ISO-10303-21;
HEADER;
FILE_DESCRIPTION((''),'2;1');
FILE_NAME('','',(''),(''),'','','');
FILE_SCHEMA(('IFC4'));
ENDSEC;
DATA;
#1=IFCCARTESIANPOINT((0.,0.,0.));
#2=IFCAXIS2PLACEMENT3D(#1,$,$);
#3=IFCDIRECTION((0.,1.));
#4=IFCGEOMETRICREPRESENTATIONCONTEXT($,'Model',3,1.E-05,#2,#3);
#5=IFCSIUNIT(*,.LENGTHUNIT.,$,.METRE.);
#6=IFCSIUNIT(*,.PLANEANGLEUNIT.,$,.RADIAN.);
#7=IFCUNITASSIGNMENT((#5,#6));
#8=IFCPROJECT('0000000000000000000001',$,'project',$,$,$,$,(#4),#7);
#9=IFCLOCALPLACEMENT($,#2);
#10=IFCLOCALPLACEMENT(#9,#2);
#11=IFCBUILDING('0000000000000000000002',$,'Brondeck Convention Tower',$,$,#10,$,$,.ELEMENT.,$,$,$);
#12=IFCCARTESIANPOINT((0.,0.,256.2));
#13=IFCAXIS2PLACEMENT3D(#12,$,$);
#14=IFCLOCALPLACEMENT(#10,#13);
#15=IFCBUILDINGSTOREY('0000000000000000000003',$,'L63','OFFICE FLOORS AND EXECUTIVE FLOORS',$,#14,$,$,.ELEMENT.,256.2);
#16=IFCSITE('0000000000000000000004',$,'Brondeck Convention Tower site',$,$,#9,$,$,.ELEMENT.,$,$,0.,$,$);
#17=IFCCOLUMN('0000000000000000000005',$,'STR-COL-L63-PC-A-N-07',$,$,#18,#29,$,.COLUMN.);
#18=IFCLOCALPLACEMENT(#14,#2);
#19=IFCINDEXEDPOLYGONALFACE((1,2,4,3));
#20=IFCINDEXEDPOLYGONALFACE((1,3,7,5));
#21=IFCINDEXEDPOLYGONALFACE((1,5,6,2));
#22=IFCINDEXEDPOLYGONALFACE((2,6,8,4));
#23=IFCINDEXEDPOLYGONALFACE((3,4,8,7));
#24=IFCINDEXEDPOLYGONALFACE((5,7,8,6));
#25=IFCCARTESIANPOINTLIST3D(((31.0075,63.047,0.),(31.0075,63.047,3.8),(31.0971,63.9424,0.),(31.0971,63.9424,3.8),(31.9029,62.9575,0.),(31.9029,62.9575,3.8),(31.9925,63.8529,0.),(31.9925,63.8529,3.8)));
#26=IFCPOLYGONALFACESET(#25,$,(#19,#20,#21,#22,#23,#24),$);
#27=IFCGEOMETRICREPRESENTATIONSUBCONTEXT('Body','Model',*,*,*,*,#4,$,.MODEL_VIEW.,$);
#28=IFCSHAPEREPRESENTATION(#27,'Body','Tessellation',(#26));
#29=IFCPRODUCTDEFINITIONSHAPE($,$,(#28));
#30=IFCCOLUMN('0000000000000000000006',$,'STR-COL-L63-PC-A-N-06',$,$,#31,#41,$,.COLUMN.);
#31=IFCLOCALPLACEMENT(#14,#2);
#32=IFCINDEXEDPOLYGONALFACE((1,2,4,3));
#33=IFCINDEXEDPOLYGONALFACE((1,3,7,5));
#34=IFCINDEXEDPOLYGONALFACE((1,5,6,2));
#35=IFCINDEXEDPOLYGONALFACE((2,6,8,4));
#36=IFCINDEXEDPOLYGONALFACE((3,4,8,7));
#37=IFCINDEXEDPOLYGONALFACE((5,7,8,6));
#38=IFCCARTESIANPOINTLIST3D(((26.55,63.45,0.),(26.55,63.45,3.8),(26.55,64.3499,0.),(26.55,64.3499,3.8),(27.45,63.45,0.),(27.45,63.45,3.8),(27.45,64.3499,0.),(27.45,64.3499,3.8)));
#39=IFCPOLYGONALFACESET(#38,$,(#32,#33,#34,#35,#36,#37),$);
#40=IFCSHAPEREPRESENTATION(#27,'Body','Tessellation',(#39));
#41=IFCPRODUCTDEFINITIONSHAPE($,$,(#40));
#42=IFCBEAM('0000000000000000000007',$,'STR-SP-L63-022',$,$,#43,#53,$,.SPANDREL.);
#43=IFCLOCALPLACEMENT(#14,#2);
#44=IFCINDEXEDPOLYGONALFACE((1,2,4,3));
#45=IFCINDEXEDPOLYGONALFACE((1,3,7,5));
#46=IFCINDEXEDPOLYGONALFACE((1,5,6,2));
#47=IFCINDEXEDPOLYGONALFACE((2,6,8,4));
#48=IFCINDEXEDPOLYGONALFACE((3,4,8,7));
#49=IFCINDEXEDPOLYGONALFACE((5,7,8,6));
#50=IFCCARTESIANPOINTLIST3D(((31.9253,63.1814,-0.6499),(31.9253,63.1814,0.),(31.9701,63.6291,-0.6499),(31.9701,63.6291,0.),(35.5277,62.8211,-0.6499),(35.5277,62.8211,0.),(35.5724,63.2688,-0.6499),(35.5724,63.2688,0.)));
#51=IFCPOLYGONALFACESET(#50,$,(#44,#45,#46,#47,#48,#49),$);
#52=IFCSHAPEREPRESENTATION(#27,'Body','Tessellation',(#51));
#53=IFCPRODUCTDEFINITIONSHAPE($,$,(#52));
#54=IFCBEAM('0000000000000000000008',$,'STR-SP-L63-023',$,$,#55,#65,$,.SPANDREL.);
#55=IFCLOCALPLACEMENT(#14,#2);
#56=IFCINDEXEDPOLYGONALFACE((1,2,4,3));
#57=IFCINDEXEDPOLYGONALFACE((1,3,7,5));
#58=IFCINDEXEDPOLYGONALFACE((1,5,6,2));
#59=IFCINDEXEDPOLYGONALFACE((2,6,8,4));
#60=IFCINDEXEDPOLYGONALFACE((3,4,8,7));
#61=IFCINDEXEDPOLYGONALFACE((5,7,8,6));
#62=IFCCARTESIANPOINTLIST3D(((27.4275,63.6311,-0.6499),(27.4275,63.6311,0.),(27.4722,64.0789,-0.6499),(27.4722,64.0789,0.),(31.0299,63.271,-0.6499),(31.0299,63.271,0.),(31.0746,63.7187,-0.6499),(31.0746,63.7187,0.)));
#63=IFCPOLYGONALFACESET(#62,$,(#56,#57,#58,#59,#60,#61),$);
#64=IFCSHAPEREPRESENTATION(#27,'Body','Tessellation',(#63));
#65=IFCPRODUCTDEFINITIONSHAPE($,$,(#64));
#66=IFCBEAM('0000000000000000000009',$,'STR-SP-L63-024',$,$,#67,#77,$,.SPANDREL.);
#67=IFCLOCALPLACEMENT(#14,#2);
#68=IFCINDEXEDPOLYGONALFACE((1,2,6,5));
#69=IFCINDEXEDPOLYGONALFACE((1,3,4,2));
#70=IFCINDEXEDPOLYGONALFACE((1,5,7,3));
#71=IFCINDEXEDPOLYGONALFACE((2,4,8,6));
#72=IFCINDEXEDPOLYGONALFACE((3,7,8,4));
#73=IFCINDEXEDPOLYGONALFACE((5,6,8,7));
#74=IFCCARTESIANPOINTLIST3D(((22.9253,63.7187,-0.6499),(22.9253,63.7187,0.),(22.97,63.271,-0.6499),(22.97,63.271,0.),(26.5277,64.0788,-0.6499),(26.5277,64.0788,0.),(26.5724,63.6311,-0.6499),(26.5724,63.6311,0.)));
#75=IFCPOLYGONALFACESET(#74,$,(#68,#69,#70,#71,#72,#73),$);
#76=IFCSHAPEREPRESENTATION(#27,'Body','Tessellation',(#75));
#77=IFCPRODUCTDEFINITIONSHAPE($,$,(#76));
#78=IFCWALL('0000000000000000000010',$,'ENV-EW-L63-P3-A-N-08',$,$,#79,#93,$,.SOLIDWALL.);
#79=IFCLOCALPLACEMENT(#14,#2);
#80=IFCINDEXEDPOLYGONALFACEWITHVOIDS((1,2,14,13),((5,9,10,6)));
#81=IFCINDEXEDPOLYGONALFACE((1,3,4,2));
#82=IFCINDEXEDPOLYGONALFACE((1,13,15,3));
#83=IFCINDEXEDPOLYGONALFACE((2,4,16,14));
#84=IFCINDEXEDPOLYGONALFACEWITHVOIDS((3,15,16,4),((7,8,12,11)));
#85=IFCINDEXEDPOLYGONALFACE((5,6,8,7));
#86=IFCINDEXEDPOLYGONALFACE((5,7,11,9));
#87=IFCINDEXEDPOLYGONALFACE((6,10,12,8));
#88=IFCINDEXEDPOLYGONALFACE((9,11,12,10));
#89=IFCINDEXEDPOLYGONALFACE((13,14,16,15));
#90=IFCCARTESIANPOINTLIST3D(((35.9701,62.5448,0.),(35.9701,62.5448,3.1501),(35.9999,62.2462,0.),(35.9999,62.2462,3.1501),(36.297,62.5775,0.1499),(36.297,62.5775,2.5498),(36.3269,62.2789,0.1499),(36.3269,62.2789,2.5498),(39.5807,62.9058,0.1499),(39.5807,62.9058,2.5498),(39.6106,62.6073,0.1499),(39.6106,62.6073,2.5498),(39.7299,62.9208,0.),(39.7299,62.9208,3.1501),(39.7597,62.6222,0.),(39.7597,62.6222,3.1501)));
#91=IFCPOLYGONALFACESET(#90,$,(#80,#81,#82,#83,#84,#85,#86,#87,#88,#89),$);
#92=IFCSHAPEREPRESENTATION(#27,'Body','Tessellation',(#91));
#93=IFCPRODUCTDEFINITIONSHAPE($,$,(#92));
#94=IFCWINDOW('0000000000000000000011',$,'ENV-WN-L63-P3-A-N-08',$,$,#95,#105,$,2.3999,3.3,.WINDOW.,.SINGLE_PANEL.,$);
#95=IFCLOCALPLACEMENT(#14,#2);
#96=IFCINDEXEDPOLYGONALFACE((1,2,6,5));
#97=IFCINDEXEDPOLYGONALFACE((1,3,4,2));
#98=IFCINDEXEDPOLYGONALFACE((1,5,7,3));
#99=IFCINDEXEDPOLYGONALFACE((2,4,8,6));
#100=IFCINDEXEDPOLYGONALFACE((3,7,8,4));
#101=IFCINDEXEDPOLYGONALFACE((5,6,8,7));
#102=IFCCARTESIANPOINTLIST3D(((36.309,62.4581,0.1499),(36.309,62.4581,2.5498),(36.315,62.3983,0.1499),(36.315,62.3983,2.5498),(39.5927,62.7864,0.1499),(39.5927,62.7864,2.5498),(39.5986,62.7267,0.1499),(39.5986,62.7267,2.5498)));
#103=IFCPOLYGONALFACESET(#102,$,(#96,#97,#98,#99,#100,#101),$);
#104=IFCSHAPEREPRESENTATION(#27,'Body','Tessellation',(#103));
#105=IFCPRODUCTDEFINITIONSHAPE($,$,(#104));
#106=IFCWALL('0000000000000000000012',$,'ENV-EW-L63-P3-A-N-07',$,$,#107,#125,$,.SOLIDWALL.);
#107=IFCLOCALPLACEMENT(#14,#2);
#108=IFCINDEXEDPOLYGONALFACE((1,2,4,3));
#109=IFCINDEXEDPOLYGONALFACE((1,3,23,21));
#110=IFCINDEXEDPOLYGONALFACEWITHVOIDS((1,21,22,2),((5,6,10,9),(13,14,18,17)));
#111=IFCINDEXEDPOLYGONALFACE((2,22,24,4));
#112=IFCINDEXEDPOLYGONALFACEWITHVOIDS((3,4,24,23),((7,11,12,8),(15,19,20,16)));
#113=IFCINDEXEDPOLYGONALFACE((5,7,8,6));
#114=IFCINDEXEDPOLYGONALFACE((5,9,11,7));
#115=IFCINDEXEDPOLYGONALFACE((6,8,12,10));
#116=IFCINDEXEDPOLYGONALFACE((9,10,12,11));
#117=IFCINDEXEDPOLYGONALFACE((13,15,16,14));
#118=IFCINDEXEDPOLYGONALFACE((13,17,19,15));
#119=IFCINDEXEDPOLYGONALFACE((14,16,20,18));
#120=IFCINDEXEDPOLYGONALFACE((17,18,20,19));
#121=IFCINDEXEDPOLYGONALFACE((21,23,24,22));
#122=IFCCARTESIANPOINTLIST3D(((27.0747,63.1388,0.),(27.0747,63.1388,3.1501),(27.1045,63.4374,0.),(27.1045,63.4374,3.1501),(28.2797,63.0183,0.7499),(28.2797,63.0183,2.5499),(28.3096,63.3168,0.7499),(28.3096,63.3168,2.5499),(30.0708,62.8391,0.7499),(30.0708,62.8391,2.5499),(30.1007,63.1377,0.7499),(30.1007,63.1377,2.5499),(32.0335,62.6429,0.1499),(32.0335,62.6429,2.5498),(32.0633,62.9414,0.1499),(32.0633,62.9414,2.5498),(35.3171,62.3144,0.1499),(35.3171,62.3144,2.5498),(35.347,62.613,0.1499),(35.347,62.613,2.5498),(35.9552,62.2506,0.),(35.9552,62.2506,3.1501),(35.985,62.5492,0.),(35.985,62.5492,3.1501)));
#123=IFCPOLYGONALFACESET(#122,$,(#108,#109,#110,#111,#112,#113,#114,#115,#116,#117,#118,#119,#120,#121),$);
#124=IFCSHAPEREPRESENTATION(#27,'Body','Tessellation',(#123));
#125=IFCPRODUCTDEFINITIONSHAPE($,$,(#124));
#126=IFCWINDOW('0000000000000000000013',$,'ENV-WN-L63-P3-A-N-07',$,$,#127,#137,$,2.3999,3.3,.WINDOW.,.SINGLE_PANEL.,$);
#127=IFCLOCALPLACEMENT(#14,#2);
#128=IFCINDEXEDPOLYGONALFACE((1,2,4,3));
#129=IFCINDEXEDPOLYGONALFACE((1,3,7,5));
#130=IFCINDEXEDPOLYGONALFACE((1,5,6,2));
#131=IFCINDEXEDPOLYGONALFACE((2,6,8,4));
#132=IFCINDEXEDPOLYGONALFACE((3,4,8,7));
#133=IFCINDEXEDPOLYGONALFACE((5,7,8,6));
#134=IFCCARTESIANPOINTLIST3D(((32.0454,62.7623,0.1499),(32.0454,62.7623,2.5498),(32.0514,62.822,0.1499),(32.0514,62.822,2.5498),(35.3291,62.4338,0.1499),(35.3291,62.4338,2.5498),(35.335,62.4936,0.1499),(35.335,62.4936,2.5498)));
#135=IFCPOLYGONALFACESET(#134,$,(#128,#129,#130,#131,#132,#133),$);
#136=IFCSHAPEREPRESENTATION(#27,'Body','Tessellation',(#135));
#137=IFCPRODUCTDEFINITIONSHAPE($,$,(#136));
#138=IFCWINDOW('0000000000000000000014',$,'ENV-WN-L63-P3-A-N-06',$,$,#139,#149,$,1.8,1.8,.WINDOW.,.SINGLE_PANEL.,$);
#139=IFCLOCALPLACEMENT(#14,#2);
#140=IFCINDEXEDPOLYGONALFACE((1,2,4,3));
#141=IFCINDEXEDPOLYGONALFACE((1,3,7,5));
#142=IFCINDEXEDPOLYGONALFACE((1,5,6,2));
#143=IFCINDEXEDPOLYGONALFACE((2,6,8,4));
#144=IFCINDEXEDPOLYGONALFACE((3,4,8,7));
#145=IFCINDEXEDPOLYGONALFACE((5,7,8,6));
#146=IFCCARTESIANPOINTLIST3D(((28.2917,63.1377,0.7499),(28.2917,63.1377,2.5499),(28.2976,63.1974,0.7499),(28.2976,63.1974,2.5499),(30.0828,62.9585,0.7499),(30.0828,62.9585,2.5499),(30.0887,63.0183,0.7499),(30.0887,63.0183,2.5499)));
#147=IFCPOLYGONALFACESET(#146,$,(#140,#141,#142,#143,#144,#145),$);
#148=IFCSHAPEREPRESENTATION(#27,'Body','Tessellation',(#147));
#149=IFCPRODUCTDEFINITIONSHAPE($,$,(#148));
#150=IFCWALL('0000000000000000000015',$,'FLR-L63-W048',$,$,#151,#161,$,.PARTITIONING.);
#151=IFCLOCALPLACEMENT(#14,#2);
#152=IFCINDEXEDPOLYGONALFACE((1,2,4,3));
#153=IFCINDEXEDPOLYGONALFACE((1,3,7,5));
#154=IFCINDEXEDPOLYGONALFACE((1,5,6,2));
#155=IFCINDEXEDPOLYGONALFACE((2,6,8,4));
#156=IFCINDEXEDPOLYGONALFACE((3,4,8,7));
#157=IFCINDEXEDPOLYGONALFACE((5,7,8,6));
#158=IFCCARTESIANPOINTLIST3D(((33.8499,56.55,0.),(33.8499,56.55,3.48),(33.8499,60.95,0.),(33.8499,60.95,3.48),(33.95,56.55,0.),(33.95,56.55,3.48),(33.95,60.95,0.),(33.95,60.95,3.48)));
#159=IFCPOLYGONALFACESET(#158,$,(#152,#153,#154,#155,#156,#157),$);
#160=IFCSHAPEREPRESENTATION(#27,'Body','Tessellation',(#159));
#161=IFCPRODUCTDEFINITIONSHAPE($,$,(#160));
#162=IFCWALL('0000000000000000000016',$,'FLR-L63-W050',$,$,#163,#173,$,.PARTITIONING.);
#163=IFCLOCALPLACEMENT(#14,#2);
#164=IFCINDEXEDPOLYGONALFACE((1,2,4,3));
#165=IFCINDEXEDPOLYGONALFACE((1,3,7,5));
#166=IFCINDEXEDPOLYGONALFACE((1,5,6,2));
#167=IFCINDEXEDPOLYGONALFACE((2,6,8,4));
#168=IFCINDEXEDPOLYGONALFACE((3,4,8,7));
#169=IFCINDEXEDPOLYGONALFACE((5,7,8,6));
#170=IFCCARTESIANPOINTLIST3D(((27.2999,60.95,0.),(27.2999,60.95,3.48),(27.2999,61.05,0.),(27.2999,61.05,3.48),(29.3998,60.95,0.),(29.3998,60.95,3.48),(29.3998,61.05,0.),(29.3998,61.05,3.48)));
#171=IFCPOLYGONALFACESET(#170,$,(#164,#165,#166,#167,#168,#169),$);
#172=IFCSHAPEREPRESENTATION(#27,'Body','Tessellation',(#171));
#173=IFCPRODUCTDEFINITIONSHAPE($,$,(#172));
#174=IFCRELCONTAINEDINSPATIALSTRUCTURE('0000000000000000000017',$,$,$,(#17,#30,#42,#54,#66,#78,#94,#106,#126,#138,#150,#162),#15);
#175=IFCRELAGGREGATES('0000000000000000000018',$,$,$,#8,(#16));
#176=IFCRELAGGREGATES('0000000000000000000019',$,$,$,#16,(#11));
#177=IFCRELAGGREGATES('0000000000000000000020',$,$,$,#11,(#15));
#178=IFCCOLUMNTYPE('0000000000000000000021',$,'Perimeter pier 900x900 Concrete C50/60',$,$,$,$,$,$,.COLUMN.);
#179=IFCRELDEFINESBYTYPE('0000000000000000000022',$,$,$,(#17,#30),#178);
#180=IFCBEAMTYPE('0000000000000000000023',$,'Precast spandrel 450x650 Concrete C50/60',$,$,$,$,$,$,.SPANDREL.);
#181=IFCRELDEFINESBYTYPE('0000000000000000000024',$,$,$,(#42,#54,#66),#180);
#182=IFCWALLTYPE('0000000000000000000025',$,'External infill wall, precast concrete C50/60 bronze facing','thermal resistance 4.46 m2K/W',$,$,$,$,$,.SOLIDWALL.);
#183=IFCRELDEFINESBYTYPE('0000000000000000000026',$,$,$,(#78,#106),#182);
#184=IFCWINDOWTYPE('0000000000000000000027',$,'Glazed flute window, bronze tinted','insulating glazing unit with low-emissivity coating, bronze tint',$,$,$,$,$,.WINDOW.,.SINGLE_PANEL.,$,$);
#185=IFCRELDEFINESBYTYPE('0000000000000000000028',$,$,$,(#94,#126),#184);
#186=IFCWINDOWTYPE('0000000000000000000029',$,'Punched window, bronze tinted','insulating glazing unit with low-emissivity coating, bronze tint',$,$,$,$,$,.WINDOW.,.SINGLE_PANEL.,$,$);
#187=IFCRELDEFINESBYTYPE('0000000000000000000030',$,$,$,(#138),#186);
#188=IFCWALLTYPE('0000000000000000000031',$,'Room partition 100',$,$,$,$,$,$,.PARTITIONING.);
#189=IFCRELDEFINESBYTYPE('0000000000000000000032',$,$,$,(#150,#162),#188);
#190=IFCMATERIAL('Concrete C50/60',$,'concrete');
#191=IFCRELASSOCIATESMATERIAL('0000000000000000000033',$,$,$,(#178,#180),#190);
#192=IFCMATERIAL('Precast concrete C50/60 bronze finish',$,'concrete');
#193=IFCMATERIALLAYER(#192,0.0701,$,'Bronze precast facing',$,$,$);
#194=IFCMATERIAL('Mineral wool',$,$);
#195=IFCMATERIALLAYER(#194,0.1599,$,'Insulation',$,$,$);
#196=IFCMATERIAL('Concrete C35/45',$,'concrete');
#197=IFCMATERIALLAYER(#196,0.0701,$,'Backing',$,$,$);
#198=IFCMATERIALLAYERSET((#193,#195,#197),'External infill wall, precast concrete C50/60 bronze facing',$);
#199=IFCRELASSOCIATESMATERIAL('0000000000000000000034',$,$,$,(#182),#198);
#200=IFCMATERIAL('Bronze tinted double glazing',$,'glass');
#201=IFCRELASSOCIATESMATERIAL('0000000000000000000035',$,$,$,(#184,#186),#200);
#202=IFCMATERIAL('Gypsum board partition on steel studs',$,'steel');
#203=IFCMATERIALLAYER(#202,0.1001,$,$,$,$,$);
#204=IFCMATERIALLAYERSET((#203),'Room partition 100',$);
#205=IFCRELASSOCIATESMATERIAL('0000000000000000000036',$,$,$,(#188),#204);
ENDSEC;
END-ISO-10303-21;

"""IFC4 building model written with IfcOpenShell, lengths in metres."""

from ifc_helpers import new_model, si_unit, direction, frame, frame_2d, origin, origin_2d, place, context, subcontext, project, spatial, rectangle, extrude, material, layer, layer_set, material_profile, profile_set, type_object, element, fill, save


model = new_model("IFC4")

# Units and contexts
model_context = context("Model", 3, precision=1e-05, world=origin(), true_north=direction((0.0, 1.0)))
body_context = subcontext(model_context, "Body", "Model", "MODEL_VIEW")
ifc_project = project(units=[si_unit("LENGTHUNIT", "METRE"), si_unit("PLANEANGLEUNIT", "RADIAN")], contexts=[model_context])

# Site, building, storey
site_placement = place(None, origin())
site = spatial("IfcSite", under=ifc_project, at=site_placement, Name="Brondeck Convention Tower site", CompositionType="ELEMENT", RefElevation=0.0)
building_placement = place(site_placement, origin())
building = spatial("IfcBuilding", under=site, at=building_placement, Name="Brondeck Convention Tower", CompositionType="ELEMENT")
storey_placement = place(building_placement, frame((0.0, 0.0, 256.2)))
storey = spatial("IfcBuildingStorey", under=building, at=storey_placement, Name="L63", Description="OFFICE FLOORS AND EXECUTIVE FLOORS", CompositionType="ELEMENT", Elevation=256.2)

# Columns
ifc_material_1 = material(Name="Concrete C50/60", Category="concrete")
ifc_material_profile_1 = material_profile(ifc_material_1, rectangle(XDim=0.8999, YDim=0.8999, at=origin_2d()), Name="Perimeter pier 900x900 Concrete C50/60")
ifc_profile_set_1 = profile_set([ifc_material_profile_1], Name="Concrete C50/60")
column_type = type_object("IfcColumnType", Name="Perimeter pier 900x900 Concrete C50/60", PredefinedType="COLUMN", material=ifc_profile_set_1)
for number, where, z_axis, x_axis, name in (
    (1, (31.5, 63.45, 0.0), (0.0, 0.0, 1.0), (-0.995037, 0.099504, 0.0), "STR-COL-L63-PC-A-N-07"),
    (2, (27.0, 63.8999, 0.0), (0.0, 0.0, 1.0), (-1.0, 0.0, 0.0), "STR-COL-L63-PC-A-N-06"),
):
    element("IfcColumn", number, at=place(storey_placement, frame(where, z_axis=z_axis, x_axis=x_axis)), inside=storey, type_object=column_type, Name=name, PredefinedType="COLUMN", context=body_context, shape_type="SweptSolid", body=[
        extrude(rectangle(XDim=0.8999, YDim=0.8999, at=origin_2d()), origin(), (0.0, 0.0, 1.0), 3.8),
    ])

# Beams
ifc_material_profile_2 = material_profile(ifc_material_1, rectangle(XDim=0.45, YDim=0.6499, at=origin_2d()), Name="Precast spandrel 450x650 Concrete C50/60")
ifc_profile_set_2 = profile_set([ifc_material_profile_2], Name="Concrete C50/60")
beam_type = type_object("IfcBeamType", Name="Precast spandrel 450x650 Concrete C50/60", PredefinedType="SPANDREL", material=ifc_profile_set_2)
for number, where, z_axis, x_axis, name in (
    (3, (35.55, 63.0449, -0.325), (-0.995034, 0.099537, 0.0), (-0.099537, -0.995034, 0.0), "STR-SP-L63-022"),
    (4, (31.0522, 63.4949, -0.325), (-0.995041, 0.09947, 0.0), (-0.09947, -0.995041, 0.0), "STR-SP-L63-023"),
    (5, (26.55, 63.855, -0.325), (-0.995041, -0.09947, 0.0), (0.09947, -0.995041, 0.0), "STR-SP-L63-024"),
):
    element("IfcBeam", number, at=place(storey_placement, frame(where, z_axis=z_axis, x_axis=x_axis)), inside=storey, type_object=beam_type, Name=name, PredefinedType="SPANDREL", context=body_context, shape_type="SweptSolid", body=[
        extrude(rectangle(XDim=0.45, YDim=0.6499, at=origin_2d()), origin(), (0.0, 0.0, 1.0), 3.6204),
    ])

# Wall, opening, window
ifc_material_2 = material(Name="Precast concrete C50/60 bronze finish", Category="concrete")
ifc_layer_1 = layer(ifc_material_2, 0.0701, Name="Bronze precast facing")
ifc_material_3 = material(Name="Mineral wool")
ifc_layer_2 = layer(ifc_material_3, 0.1599, Name="Insulation")
ifc_material_4 = material(Name="Concrete C35/45", Category="concrete")
ifc_layer_3 = layer(ifc_material_4, 0.0701, Name="Backing")
ifc_layer_set_1 = layer_set([ifc_layer_1, ifc_layer_2, ifc_layer_3], Name="External infill wall, precast concrete C50/60 bronze facing")
wall_type_1 = type_object("IfcWallType", Name="External infill wall, precast concrete C50/60 bronze facing", Description="thermal resistance 4.46 m2K/W", PredefinedType="SOLIDWALL", material=ifc_layer_set_1)
wall_1_placement = place(storey_placement, frame((35.9851, 62.3955, 0.0), z_axis=(0.0, 0.0, 1.0), x_axis=(0.995037, 0.099504, 0.0)))
wall_1 = element("IfcWall", 6, at=wall_1_placement, inside=storey, type_object=wall_type_1, Name="ENV-EW-L63-P3-A-N-08", PredefinedType="SOLIDWALL", context=body_context, shape_type="SweptSolid", body=[
    extrude(rectangle(XDim=3.7786, YDim=0.3, at=frame_2d((1.8892, 0.0))), origin(), (0.0, 0.0, 1.0), 3.1501),
])
opening_1_placement = place(wall_1_placement, frame((0.3286, 0.0, 0.1499)))
opening_1 = element("IfcOpeningElement", 7, at=opening_1_placement, cuts=wall_1, PredefinedType="OPENING", context=body_context, shape_type="SweptSolid", body=[
    extrude(rectangle(XDim=3.3, YDim=2.3999, at=frame_2d((1.6499, 1.2))), frame((0.0, 0.1599, 0.0), z_axis=(0.0, -1.0, 0.0), x_axis=(1.0, 0.0, 0.0)), (0.0, 0.0, 1.0), 0.3201),
])
ifc_material_5 = material(Name="Bronze tinted double glazing", Category="glass")
window_type_1 = type_object("IfcWindowType", Name="Glazed flute window, bronze tinted", Description="insulating glazing unit with low-emissivity coating, bronze tint", PartitioningType="SINGLE_PANEL", PredefinedType="WINDOW", material=ifc_material_5)
window_1_placement = place(opening_1_placement, origin())
window_1 = element("IfcWindow", 8, at=window_1_placement, inside=storey, type_object=window_type_1, Name="ENV-WN-L63-P3-A-N-08", OverallHeight=2.3999, OverallWidth=3.3, PartitioningType="SINGLE_PANEL", PredefinedType="WINDOW", context=body_context, shape_type="SweptSolid", body=[
    extrude(rectangle(XDim=3.3, YDim=2.3999, at=frame_2d((1.6499, 1.2))), frame((0.0, 0.03, 0.0), z_axis=(0.0, -1.0, 0.0), x_axis=(1.0, 0.0, 0.0)), (0.0, 0.0, 1.0), 0.0601),
])
fill(opening_1, window_1)

# Wall, openings, windows
wall_2_placement = place(storey_placement, frame((27.0896, 63.2881, 0.0), z_axis=(0.0, 0.0, 1.0), x_axis=(0.995036, -0.099517, 0.0)))
wall_2 = element("IfcWall", 9, at=wall_2_placement, inside=storey, type_object=wall_type_1, Name="ENV-EW-L63-P3-A-N-07", PredefinedType="SOLIDWALL", context=body_context, shape_type="SweptSolid", body=[
    extrude(rectangle(XDim=8.9248, YDim=0.3, at=frame_2d((4.4624, 0.0))), origin(), (0.0, 0.0, 1.0), 3.1501),
])
opening_2_placement = place(wall_2_placement, frame((1.2112, 0.0, 0.75)))
opening_2 = element("IfcOpeningElement", 10, at=opening_2_placement, cuts=wall_2, PredefinedType="OPENING", context=body_context, shape_type="SweptSolid", body=[
    extrude(rectangle(XDim=1.8, YDim=1.8, at=frame_2d((0.8999, 0.8999))), frame((0.0, 0.1599, 0.0), z_axis=(0.0, -1.0, 0.0), x_axis=(1.0, 0.0, 0.0)), (0.0, 0.0, 1.0), 0.3201),
])
opening_3_placement = place(wall_2_placement, frame((4.9836, 0.0, 0.1499)))
opening_3 = element("IfcOpeningElement", 11, at=opening_3_placement, cuts=wall_2, PredefinedType="OPENING", context=body_context, shape_type="SweptSolid", body=[
    extrude(rectangle(XDim=3.3, YDim=2.3999, at=frame_2d((1.6499, 1.2))), frame((0.0, 0.1599, 0.0), z_axis=(0.0, -1.0, 0.0), x_axis=(1.0, 0.0, 0.0)), (0.0, 0.0, 1.0), 0.3201),
])
window_2_placement = place(opening_3_placement, origin())
window_2 = element("IfcWindow", 12, at=window_2_placement, inside=storey, type_object=window_type_1, Name="ENV-WN-L63-P3-A-N-07", OverallHeight=2.3999, OverallWidth=3.3, PartitioningType="SINGLE_PANEL", PredefinedType="WINDOW", context=body_context, shape_type="SweptSolid", body=[
    extrude(rectangle(XDim=3.3, YDim=2.3999, at=frame_2d((1.6499, 1.2))), frame((0.0, 0.03, 0.0), z_axis=(0.0, -1.0, 0.0), x_axis=(1.0, 0.0, 0.0)), (0.0, 0.0, 1.0), 0.0601),
])
fill(opening_3, window_2)
window_type_2 = type_object("IfcWindowType", Name="Punched window, bronze tinted", Description="insulating glazing unit with low-emissivity coating, bronze tint", PartitioningType="SINGLE_PANEL", PredefinedType="WINDOW", material=ifc_material_5)
window_3_placement = place(opening_2_placement, origin())
window_3 = element("IfcWindow", 13, at=window_3_placement, inside=storey, type_object=window_type_2, Name="ENV-WN-L63-P3-A-N-06", OverallHeight=1.8, OverallWidth=1.8, PartitioningType="SINGLE_PANEL", PredefinedType="WINDOW", context=body_context, shape_type="SweptSolid", body=[
    extrude(rectangle(XDim=1.8, YDim=1.8, at=frame_2d((0.8999, 0.8999))), frame((0.0, 0.03, 0.0), z_axis=(0.0, -1.0, 0.0), x_axis=(1.0, 0.0, 0.0)), (0.0, 0.0, 1.0), 0.0601),
])
fill(opening_2, window_3)

# Walls
ifc_material_6 = material(Name="Gypsum board partition on steel studs", Category="steel")
ifc_layer_4 = layer(ifc_material_6, 0.1001)
ifc_layer_set_2 = layer_set([ifc_layer_4], Name="Room partition 100")
wall_type_2 = type_object("IfcWallType", Name="Room partition 100", PredefinedType="PARTITIONING", material=ifc_layer_set_2)
wall_3_placement = place(storey_placement, frame((33.8999, 60.95, 0.0), z_axis=(0.0, 0.0, 1.0), x_axis=(0.0, -1.0, 0.0)))
element("IfcWall", 14, at=wall_3_placement, inside=storey, type_object=wall_type_2, Name="FLR-L63-W048", PredefinedType="PARTITIONING", context=body_context, shape_type="SweptSolid", body=[
    extrude(rectangle(XDim=4.3999, YDim=0.1001, at=frame_2d((2.2, 0.0))), origin(), (0.0, 0.0, 1.0), 3.48),
])
wall_4_placement = place(storey_placement, frame((27.3, 61.0, 0.0), z_axis=(0.0, 0.0, 1.0), x_axis=(1.0, 0.0, 0.0)))
element("IfcWall", 15, at=wall_4_placement, inside=storey, type_object=wall_type_2, Name="FLR-L63-W050", PredefinedType="PARTITIONING", context=body_context, shape_type="SweptSolid", body=[
    extrude(rectangle(XDim=2.0999, YDim=0.1001, at=frame_2d((1.0498, 0.0))), origin(), (0.0, 0.0, 1.0), 3.48),
])

save(model, "model.ifc")
